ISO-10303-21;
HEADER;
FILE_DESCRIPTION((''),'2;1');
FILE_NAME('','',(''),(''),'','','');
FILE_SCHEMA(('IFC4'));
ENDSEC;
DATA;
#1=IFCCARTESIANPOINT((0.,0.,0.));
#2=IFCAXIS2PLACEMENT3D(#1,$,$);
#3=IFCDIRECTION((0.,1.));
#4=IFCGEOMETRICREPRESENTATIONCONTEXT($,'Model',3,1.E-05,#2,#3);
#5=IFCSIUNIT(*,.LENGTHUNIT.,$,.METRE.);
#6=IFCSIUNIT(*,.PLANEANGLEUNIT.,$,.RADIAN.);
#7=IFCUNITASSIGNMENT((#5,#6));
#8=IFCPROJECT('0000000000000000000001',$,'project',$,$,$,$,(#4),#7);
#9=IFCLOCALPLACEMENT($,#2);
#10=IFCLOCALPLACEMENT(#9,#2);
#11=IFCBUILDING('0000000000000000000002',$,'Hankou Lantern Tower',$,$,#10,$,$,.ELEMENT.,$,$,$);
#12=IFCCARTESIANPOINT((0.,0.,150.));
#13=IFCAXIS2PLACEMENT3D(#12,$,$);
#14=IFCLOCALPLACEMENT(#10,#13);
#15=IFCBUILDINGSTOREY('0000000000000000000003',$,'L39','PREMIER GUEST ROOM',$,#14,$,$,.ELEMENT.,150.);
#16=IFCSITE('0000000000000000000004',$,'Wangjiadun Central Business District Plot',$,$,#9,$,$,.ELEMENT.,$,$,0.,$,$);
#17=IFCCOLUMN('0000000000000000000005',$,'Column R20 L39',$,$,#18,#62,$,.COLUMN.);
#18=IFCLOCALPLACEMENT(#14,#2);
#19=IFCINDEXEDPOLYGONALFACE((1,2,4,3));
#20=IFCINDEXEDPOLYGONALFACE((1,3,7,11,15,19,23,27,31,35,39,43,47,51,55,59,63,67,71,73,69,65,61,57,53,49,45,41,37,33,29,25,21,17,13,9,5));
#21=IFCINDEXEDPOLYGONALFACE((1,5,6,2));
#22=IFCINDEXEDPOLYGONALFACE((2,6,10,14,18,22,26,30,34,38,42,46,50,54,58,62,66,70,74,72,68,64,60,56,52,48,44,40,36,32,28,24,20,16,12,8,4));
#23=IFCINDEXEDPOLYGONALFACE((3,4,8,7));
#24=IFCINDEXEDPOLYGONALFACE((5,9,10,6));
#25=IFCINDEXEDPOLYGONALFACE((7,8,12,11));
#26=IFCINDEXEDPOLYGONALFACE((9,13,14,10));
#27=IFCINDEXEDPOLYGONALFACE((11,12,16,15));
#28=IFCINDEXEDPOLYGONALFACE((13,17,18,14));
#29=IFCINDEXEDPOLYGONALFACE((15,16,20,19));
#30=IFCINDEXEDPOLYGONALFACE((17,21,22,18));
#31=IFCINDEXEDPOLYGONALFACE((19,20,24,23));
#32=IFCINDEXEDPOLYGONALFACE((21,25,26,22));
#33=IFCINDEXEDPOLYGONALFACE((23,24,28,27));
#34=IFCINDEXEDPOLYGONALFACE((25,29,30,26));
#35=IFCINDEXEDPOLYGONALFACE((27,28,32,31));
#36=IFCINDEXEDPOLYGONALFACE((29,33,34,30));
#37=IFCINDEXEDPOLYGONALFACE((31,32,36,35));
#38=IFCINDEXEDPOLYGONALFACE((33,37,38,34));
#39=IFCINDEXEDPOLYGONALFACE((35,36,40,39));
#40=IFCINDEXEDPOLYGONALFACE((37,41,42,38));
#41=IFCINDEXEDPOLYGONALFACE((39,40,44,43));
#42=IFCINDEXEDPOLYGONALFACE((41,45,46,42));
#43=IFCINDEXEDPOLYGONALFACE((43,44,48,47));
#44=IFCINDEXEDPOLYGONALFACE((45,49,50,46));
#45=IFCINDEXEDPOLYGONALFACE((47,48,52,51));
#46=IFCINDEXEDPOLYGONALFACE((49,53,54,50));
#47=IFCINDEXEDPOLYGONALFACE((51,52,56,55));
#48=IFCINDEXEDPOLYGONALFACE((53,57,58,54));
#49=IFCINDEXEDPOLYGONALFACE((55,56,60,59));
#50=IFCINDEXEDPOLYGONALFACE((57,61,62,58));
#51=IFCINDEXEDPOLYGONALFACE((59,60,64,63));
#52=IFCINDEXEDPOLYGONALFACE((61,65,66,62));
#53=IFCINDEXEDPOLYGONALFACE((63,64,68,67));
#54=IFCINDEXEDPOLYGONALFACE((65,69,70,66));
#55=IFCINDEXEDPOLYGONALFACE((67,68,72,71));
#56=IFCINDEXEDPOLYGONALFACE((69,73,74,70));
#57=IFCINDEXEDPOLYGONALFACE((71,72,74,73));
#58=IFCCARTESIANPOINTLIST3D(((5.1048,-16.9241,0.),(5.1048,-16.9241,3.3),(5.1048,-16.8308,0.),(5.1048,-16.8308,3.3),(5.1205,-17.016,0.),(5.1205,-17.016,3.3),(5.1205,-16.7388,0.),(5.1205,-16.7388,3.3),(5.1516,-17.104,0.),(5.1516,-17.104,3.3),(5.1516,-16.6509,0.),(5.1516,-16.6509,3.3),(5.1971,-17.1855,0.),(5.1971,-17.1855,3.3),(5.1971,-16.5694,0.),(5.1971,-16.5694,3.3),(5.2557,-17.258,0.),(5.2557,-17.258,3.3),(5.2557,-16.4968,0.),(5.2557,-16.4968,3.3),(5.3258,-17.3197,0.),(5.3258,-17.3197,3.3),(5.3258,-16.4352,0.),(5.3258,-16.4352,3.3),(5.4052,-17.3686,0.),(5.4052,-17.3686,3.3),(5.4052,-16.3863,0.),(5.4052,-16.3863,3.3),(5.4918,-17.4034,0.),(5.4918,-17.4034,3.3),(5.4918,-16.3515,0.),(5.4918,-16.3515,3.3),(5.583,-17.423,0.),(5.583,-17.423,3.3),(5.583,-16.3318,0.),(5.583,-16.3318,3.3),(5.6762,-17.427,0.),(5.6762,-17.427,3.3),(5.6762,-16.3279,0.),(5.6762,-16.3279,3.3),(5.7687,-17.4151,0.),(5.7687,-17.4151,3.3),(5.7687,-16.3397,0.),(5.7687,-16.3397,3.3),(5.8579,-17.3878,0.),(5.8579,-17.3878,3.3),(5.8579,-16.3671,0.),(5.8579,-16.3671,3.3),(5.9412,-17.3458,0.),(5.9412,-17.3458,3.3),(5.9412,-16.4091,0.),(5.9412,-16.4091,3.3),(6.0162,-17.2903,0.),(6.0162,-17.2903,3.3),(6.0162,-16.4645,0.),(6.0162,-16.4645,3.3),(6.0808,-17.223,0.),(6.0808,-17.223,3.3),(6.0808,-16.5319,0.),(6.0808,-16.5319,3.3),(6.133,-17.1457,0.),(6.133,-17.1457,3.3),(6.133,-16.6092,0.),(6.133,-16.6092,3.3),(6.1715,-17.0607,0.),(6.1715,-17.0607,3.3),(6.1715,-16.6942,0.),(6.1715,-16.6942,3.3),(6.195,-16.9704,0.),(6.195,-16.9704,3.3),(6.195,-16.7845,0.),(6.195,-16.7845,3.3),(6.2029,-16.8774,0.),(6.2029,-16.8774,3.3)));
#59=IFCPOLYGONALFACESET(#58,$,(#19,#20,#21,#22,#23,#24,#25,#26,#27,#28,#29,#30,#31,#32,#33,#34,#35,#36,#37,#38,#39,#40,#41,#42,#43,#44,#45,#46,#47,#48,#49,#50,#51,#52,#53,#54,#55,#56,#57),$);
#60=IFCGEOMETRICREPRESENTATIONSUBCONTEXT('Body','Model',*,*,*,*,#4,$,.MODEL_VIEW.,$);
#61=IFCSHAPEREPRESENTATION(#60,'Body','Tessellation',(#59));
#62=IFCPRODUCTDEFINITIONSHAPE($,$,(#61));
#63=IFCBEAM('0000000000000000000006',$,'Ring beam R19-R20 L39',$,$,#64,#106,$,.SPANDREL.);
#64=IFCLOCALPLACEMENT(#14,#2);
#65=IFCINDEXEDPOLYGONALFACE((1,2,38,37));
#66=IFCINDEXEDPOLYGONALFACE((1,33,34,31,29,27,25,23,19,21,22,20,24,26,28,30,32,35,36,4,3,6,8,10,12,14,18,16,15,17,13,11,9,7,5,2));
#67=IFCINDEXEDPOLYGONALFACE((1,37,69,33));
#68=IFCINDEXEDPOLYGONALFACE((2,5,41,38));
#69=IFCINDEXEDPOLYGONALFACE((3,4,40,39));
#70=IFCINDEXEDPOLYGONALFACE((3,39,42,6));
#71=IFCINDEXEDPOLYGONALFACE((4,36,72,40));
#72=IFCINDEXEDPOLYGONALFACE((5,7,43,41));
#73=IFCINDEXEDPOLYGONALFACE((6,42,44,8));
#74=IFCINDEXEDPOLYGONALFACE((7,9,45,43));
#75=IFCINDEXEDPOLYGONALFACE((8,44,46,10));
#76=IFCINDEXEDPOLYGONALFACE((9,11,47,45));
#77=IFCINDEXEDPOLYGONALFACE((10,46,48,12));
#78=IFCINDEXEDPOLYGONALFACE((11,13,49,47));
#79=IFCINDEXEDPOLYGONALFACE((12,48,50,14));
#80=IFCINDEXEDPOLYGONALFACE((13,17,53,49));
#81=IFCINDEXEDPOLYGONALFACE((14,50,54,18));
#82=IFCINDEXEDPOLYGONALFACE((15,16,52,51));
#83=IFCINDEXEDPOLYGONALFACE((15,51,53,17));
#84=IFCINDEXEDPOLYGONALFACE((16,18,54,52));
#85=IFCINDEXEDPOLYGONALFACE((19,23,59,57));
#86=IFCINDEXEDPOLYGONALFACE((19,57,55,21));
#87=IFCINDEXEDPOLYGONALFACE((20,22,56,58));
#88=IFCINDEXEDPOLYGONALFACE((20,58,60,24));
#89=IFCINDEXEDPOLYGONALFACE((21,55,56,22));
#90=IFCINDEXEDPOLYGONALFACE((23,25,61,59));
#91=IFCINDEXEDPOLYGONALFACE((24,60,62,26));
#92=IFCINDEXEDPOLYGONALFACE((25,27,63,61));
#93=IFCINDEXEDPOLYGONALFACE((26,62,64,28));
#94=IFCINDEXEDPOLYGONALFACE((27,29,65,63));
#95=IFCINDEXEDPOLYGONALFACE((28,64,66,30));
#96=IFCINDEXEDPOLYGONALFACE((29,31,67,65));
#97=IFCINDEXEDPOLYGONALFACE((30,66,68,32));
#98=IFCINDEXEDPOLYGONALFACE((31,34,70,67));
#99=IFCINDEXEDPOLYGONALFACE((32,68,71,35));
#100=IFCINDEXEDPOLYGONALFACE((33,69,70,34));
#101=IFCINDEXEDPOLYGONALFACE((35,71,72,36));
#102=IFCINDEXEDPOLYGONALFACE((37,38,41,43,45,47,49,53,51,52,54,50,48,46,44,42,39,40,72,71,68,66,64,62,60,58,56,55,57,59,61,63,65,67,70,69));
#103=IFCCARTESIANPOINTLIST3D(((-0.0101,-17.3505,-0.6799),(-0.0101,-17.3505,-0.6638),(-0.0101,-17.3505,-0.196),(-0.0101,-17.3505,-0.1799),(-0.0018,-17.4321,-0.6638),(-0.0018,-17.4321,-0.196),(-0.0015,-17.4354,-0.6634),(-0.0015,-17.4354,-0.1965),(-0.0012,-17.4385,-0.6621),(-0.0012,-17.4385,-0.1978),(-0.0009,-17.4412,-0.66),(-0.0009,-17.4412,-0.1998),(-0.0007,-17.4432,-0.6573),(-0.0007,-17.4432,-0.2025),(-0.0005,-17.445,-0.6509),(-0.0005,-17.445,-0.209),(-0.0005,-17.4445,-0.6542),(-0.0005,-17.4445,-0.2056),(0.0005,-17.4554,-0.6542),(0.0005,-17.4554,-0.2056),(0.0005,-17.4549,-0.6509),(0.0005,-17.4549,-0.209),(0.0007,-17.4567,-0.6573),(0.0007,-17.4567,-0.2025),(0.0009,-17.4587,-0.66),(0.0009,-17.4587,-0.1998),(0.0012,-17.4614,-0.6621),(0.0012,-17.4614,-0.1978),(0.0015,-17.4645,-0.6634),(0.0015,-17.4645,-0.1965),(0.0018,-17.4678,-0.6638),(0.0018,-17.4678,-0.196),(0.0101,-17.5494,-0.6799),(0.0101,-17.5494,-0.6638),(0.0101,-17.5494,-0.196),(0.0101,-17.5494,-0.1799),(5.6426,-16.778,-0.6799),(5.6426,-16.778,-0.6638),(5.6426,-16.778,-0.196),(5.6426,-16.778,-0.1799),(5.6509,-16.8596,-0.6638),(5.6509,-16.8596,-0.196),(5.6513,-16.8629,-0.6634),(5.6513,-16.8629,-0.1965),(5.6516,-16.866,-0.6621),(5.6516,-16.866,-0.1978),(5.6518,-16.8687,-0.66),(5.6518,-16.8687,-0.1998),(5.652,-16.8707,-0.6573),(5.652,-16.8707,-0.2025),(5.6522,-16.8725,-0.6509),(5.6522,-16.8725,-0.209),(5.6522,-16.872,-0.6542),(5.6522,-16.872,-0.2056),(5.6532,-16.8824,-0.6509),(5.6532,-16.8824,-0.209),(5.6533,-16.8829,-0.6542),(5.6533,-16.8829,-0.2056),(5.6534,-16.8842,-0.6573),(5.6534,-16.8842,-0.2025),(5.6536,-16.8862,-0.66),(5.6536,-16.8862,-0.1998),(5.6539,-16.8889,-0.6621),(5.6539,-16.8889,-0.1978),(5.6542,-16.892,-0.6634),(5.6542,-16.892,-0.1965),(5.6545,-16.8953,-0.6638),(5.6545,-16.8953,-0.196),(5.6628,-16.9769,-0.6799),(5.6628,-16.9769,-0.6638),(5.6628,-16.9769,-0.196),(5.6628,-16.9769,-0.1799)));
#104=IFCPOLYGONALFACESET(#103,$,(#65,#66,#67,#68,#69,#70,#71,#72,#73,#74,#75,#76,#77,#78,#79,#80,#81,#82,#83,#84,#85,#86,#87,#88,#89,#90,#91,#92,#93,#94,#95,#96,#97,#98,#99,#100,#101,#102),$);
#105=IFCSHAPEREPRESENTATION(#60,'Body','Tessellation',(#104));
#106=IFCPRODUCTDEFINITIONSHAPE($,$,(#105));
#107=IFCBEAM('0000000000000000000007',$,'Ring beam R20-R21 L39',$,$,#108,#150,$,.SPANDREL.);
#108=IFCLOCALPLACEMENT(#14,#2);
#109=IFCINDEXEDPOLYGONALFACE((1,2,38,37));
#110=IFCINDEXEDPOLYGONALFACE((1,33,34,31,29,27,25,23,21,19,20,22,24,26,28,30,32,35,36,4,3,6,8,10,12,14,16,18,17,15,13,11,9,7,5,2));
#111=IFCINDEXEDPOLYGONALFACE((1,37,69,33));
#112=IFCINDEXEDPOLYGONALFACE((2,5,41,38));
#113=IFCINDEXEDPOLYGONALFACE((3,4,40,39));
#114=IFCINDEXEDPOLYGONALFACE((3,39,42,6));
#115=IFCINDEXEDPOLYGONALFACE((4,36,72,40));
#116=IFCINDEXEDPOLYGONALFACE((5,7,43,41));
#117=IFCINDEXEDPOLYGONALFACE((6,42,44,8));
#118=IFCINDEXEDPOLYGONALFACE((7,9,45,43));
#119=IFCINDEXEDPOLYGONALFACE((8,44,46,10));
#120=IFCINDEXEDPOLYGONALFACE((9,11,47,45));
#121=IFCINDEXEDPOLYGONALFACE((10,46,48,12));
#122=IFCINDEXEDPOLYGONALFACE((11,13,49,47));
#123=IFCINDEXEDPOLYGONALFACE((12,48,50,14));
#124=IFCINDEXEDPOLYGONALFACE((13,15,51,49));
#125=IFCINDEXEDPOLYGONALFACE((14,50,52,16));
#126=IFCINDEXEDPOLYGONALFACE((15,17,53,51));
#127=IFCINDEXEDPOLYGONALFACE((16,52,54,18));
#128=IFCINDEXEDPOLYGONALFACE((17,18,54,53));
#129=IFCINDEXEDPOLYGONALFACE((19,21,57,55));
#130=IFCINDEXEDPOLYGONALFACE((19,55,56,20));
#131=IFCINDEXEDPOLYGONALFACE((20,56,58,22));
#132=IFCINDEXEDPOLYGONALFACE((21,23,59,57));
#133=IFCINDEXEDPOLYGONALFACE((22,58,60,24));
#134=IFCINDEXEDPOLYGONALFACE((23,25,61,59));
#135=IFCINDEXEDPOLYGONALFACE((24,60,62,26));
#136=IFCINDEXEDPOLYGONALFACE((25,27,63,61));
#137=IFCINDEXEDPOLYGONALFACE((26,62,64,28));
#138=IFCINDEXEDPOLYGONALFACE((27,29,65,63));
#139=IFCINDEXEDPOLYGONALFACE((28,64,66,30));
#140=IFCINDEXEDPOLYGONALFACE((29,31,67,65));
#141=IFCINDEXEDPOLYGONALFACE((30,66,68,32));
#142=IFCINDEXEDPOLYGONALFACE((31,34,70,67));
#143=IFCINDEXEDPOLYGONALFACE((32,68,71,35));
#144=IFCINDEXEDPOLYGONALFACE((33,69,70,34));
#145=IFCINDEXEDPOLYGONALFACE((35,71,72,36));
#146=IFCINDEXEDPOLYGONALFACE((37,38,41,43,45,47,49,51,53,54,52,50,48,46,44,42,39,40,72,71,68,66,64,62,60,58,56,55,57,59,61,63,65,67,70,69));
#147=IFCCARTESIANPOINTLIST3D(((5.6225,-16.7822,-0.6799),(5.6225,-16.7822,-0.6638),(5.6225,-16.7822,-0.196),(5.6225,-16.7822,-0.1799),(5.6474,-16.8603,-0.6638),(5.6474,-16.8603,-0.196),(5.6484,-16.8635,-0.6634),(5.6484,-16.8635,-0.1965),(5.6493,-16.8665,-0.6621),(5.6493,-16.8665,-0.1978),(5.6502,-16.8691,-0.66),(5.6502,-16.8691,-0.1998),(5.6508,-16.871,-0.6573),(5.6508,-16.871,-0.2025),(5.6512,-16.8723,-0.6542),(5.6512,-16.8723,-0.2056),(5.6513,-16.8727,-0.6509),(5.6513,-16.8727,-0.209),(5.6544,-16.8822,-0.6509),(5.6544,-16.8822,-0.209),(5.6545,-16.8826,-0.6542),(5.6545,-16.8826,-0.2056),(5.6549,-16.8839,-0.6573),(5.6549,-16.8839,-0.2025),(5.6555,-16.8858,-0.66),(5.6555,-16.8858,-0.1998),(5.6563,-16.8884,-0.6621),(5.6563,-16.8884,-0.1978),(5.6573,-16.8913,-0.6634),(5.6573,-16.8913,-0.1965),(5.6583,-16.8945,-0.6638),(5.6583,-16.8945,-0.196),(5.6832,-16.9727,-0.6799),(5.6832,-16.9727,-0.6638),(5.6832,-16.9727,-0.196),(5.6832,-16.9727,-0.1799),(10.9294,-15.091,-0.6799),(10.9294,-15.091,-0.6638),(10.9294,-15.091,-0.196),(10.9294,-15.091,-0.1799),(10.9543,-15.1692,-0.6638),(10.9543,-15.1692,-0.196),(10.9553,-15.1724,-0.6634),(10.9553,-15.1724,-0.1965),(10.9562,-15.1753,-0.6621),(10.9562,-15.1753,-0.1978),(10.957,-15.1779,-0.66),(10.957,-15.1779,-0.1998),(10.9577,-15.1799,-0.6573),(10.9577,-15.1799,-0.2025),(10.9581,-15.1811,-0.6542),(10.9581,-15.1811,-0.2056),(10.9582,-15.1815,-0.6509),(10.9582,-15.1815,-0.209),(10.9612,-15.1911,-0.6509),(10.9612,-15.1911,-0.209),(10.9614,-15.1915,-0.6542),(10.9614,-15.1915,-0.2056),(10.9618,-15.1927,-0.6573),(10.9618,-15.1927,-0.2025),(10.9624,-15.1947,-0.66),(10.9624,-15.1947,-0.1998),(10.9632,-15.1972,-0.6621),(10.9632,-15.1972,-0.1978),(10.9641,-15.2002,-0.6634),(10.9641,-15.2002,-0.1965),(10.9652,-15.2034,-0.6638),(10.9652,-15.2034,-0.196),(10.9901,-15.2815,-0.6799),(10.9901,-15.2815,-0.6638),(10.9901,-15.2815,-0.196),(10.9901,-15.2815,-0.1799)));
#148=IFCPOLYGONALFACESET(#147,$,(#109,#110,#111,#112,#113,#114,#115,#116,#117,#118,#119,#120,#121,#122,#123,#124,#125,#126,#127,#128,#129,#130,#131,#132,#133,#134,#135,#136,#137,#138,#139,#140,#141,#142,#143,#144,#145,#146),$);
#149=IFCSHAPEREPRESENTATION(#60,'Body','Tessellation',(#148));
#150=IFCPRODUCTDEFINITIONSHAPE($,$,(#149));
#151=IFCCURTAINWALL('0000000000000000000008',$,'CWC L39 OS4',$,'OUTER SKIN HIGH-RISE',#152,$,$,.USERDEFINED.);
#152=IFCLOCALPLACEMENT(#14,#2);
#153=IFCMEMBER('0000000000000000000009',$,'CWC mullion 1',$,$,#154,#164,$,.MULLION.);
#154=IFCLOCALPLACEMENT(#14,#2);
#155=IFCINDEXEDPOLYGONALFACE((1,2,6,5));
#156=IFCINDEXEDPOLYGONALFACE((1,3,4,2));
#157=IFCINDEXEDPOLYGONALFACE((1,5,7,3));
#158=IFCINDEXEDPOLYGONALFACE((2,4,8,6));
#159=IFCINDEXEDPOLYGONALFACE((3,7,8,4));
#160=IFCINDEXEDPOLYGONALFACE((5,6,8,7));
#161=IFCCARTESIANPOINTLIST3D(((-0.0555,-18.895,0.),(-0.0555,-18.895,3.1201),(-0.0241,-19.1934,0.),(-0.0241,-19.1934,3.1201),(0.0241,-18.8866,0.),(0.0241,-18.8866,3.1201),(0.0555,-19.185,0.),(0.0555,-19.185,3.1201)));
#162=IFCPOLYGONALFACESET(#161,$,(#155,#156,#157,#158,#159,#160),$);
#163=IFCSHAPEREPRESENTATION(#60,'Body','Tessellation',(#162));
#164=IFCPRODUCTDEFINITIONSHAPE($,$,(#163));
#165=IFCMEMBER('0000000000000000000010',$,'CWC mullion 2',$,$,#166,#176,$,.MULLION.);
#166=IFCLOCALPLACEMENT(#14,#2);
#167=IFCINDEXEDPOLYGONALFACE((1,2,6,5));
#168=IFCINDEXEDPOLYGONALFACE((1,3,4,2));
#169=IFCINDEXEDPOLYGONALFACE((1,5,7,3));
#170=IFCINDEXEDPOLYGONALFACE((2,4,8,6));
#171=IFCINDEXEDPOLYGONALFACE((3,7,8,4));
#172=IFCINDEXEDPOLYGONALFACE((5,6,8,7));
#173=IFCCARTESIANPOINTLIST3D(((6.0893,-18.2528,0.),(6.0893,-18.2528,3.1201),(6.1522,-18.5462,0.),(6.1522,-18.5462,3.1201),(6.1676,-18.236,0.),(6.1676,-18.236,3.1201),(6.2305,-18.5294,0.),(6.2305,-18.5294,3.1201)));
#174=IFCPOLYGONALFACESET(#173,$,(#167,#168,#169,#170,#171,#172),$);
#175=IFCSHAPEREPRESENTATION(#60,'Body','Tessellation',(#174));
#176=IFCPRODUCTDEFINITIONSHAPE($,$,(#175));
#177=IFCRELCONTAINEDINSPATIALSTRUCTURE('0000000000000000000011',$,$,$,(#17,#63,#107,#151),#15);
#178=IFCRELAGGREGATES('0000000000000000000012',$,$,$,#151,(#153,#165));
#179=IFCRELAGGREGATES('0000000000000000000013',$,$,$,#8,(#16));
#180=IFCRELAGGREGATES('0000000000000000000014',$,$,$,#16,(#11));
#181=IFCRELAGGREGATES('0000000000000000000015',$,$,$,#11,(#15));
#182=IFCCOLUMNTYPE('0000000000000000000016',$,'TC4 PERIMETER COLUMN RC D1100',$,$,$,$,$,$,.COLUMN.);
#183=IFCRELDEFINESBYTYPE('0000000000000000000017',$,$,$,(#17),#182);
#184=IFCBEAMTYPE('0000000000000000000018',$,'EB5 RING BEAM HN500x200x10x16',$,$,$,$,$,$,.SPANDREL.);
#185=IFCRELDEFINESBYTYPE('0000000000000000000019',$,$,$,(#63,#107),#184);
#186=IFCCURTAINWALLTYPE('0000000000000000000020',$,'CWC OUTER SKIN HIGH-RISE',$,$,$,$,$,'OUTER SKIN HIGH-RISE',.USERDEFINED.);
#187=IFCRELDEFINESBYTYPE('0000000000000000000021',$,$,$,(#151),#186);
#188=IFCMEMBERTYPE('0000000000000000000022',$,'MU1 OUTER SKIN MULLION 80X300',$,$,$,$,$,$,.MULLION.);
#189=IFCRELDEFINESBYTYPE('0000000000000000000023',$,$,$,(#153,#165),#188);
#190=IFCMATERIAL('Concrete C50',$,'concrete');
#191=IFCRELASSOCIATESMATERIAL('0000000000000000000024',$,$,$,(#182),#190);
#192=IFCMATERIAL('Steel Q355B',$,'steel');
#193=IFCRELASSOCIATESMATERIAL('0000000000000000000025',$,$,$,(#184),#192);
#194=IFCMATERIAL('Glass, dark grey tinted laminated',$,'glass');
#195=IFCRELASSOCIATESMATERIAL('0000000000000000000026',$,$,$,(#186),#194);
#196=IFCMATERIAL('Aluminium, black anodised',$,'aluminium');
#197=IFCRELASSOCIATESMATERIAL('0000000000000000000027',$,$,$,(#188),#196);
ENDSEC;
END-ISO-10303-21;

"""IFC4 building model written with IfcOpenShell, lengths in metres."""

from ifc_helpers import new_model, si_unit, direction, frame, origin, origin_2d, place, context, subcontext, project, spatial, rectangle, circle, i_section, extrude, material, material_profile, profile_set, type_object, element, aggregate, save


model = new_model("IFC4")

# Units and contexts
model_context = context("Model", 3, precision=1e-05, world=origin(), true_north=direction((0.0, 1.0)))
body_context = subcontext(model_context, "Body", "Model", "MODEL_VIEW")
ifc_project = project(units=[si_unit("LENGTHUNIT", "METRE"), si_unit("PLANEANGLEUNIT", "RADIAN")], contexts=[model_context])

# Site, building, storey
site_placement = place(None, origin())
site = spatial("IfcSite", under=ifc_project, at=site_placement, Name="Wangjiadun Central Business District Plot", CompositionType="ELEMENT", RefElevation=0.0)
building_placement = place(site_placement, origin())
building = spatial("IfcBuilding", under=site, at=building_placement, Name="Hankou Lantern Tower", CompositionType="ELEMENT")
storey_placement = place(building_placement, frame((0.0, 0.0, 150.0)))
storey = spatial("IfcBuildingStorey", under=building, at=storey_placement, Name="L39", Description="PREMIER GUEST ROOM", CompositionType="ELEMENT", Elevation=150.0)

# Column
ifc_material_1 = material(Name="Concrete C50", Category="concrete")
ifc_material_profile_1 = material_profile(ifc_material_1, circle(Radius=0.55, at=origin_2d()), Name="RC D1100")
ifc_profile_set_1 = profile_set([ifc_material_profile_1], Name="Concrete C50")
column_type = type_object("IfcColumnType", Name="TC4 PERIMETER COLUMN RC D1100", PredefinedType="COLUMN", material=ifc_profile_set_1)
column_placement = place(storey_placement, frame((5.6528, -16.8774, 0.0), z_axis=(0.0, 0.0, 1.0), x_axis=(1.0, 0.0, 0.0)))
element("IfcColumn", 1, at=column_placement, inside=storey, type_object=column_type, Name="Column R20 L39", PredefinedType="COLUMN", context=body_context, shape_type="SweptSolid", body=[
    extrude(circle(Radius=0.55, at=origin_2d()), origin(), (0.0, 0.0, 1.0), 3.3),
])

# Beams
ifc_material_2 = material(Name="Steel Q355B", Category="steel")
ifc_material_profile_2 = material_profile(ifc_material_2, i_section(OverallWidth=0.2, OverallDepth=0.5, WebThickness=0.01, FlangeThickness=0.0161, FilletRadius=0.0129, at=origin_2d()), Name="HN500x200x10x16")
ifc_profile_set_2 = profile_set([ifc_material_profile_2], Name="Steel Q355B")
beam_type_1 = type_object("IfcBeamType", Name="EB5 RING BEAM HN500x200x10x16", PredefinedType="SPANDREL", material=ifc_profile_set_2)
beam_1_placement = place(storey_placement, frame((0.0, -17.45, -0.4299), z_axis=(0.99491, 0.100763, 0.0), x_axis=(-0.100763, 0.99491, 0.0)))
element("IfcBeam", 2, at=beam_1_placement, inside=storey, type_object=beam_type_1, Name="Ring beam R19-R20 L39", PredefinedType="SPANDREL", context=body_context, shape_type="SweptSolid", body=[
    extrude(i_section(OverallWidth=0.2, OverallDepth=0.5, WebThickness=0.01, FlangeThickness=0.0161, FilletRadius=0.0129, at=origin_2d()), origin(), (0.0, 0.0, 1.0), 5.6816),
])
beam_2_placement = place(storey_placement, frame((5.6528, -16.8774, -0.4299), z_axis=(0.95279, 0.303629, 0.0), x_axis=(-0.303629, 0.95279, 0.0)))
element("IfcBeam", 3, at=beam_2_placement, inside=storey, type_object=beam_type_1, Name="Ring beam R20-R21 L39", PredefinedType="SPANDREL", context=body_context, shape_type="SweptSolid", body=[
    extrude(i_section(OverallWidth=0.2, OverallDepth=0.5, WebThickness=0.01, FlangeThickness=0.0161, FilletRadius=0.0129, at=origin_2d()), origin(), (0.0, 0.0, 1.0), 5.5698),
])

# Curtain wall, members
ifc_material_3 = material(Name="Glass, dark grey tinted laminated", Category="glass")
curtain_wall_type = type_object("IfcCurtainWallType", Name="CWC OUTER SKIN HIGH-RISE", ElementType="OUTER SKIN HIGH-RISE", PredefinedType="USERDEFINED", material=ifc_material_3)
curtain_wall_placement = place(storey_placement, origin())
curtain_wall = element("IfcCurtainWall", 4, at=curtain_wall_placement, inside=storey, type_object=curtain_wall_type, Name="CWC L39 OS4", ObjectType="OUTER SKIN HIGH-RISE", PredefinedType="USERDEFINED")
ifc_material_4 = material(Name="Aluminium, black anodised", Category="aluminium")
ifc_material_profile_3 = material_profile(ifc_material_4, rectangle(XDim=0.0801, YDim=0.3, at=origin_2d()), Name="MU1 80X300")
ifc_profile_set_3 = profile_set([ifc_material_profile_3], Name="Aluminium, black anodised")
member_type_1 = type_object("IfcMemberType", Name="MU1 OUTER SKIN MULLION 80X300", PredefinedType="MULLION", material=ifc_profile_set_3)
member_1_placement = place(storey_placement, frame((0.0, -19.04, 0.0), z_axis=(0.0, 0.0, 1.0), x_axis=(0.994499, 0.104743, 0.0)))
member_1 = element("IfcMember", 5, at=member_1_placement, type_object=member_type_1, Name="CWC mullion 1", PredefinedType="MULLION", context=body_context, shape_type="SweptSolid", body=[
    extrude(rectangle(XDim=0.0801, YDim=0.3, at=origin_2d()), origin(), (0.0, 0.0, 1.0), 3.1201),
])
member_2_placement = place(storey_placement, frame((6.1599, -18.3911, 0.0), z_axis=(0.0, 0.0, 1.0), x_axis=(0.977788, 0.209598, 0.0)))
member_2 = element("IfcMember", 6, at=member_2_placement, type_object=member_type_1, Name="CWC mullion 2", PredefinedType="MULLION", context=body_context, shape_type="SweptSolid", body=[
    extrude(rectangle(XDim=0.0801, YDim=0.3, at=origin_2d()), origin(), (0.0, 0.0, 1.0), 3.1201),
])

aggregate(curtain_wall, [member_1, member_2])

save(model, "model.ifc")
